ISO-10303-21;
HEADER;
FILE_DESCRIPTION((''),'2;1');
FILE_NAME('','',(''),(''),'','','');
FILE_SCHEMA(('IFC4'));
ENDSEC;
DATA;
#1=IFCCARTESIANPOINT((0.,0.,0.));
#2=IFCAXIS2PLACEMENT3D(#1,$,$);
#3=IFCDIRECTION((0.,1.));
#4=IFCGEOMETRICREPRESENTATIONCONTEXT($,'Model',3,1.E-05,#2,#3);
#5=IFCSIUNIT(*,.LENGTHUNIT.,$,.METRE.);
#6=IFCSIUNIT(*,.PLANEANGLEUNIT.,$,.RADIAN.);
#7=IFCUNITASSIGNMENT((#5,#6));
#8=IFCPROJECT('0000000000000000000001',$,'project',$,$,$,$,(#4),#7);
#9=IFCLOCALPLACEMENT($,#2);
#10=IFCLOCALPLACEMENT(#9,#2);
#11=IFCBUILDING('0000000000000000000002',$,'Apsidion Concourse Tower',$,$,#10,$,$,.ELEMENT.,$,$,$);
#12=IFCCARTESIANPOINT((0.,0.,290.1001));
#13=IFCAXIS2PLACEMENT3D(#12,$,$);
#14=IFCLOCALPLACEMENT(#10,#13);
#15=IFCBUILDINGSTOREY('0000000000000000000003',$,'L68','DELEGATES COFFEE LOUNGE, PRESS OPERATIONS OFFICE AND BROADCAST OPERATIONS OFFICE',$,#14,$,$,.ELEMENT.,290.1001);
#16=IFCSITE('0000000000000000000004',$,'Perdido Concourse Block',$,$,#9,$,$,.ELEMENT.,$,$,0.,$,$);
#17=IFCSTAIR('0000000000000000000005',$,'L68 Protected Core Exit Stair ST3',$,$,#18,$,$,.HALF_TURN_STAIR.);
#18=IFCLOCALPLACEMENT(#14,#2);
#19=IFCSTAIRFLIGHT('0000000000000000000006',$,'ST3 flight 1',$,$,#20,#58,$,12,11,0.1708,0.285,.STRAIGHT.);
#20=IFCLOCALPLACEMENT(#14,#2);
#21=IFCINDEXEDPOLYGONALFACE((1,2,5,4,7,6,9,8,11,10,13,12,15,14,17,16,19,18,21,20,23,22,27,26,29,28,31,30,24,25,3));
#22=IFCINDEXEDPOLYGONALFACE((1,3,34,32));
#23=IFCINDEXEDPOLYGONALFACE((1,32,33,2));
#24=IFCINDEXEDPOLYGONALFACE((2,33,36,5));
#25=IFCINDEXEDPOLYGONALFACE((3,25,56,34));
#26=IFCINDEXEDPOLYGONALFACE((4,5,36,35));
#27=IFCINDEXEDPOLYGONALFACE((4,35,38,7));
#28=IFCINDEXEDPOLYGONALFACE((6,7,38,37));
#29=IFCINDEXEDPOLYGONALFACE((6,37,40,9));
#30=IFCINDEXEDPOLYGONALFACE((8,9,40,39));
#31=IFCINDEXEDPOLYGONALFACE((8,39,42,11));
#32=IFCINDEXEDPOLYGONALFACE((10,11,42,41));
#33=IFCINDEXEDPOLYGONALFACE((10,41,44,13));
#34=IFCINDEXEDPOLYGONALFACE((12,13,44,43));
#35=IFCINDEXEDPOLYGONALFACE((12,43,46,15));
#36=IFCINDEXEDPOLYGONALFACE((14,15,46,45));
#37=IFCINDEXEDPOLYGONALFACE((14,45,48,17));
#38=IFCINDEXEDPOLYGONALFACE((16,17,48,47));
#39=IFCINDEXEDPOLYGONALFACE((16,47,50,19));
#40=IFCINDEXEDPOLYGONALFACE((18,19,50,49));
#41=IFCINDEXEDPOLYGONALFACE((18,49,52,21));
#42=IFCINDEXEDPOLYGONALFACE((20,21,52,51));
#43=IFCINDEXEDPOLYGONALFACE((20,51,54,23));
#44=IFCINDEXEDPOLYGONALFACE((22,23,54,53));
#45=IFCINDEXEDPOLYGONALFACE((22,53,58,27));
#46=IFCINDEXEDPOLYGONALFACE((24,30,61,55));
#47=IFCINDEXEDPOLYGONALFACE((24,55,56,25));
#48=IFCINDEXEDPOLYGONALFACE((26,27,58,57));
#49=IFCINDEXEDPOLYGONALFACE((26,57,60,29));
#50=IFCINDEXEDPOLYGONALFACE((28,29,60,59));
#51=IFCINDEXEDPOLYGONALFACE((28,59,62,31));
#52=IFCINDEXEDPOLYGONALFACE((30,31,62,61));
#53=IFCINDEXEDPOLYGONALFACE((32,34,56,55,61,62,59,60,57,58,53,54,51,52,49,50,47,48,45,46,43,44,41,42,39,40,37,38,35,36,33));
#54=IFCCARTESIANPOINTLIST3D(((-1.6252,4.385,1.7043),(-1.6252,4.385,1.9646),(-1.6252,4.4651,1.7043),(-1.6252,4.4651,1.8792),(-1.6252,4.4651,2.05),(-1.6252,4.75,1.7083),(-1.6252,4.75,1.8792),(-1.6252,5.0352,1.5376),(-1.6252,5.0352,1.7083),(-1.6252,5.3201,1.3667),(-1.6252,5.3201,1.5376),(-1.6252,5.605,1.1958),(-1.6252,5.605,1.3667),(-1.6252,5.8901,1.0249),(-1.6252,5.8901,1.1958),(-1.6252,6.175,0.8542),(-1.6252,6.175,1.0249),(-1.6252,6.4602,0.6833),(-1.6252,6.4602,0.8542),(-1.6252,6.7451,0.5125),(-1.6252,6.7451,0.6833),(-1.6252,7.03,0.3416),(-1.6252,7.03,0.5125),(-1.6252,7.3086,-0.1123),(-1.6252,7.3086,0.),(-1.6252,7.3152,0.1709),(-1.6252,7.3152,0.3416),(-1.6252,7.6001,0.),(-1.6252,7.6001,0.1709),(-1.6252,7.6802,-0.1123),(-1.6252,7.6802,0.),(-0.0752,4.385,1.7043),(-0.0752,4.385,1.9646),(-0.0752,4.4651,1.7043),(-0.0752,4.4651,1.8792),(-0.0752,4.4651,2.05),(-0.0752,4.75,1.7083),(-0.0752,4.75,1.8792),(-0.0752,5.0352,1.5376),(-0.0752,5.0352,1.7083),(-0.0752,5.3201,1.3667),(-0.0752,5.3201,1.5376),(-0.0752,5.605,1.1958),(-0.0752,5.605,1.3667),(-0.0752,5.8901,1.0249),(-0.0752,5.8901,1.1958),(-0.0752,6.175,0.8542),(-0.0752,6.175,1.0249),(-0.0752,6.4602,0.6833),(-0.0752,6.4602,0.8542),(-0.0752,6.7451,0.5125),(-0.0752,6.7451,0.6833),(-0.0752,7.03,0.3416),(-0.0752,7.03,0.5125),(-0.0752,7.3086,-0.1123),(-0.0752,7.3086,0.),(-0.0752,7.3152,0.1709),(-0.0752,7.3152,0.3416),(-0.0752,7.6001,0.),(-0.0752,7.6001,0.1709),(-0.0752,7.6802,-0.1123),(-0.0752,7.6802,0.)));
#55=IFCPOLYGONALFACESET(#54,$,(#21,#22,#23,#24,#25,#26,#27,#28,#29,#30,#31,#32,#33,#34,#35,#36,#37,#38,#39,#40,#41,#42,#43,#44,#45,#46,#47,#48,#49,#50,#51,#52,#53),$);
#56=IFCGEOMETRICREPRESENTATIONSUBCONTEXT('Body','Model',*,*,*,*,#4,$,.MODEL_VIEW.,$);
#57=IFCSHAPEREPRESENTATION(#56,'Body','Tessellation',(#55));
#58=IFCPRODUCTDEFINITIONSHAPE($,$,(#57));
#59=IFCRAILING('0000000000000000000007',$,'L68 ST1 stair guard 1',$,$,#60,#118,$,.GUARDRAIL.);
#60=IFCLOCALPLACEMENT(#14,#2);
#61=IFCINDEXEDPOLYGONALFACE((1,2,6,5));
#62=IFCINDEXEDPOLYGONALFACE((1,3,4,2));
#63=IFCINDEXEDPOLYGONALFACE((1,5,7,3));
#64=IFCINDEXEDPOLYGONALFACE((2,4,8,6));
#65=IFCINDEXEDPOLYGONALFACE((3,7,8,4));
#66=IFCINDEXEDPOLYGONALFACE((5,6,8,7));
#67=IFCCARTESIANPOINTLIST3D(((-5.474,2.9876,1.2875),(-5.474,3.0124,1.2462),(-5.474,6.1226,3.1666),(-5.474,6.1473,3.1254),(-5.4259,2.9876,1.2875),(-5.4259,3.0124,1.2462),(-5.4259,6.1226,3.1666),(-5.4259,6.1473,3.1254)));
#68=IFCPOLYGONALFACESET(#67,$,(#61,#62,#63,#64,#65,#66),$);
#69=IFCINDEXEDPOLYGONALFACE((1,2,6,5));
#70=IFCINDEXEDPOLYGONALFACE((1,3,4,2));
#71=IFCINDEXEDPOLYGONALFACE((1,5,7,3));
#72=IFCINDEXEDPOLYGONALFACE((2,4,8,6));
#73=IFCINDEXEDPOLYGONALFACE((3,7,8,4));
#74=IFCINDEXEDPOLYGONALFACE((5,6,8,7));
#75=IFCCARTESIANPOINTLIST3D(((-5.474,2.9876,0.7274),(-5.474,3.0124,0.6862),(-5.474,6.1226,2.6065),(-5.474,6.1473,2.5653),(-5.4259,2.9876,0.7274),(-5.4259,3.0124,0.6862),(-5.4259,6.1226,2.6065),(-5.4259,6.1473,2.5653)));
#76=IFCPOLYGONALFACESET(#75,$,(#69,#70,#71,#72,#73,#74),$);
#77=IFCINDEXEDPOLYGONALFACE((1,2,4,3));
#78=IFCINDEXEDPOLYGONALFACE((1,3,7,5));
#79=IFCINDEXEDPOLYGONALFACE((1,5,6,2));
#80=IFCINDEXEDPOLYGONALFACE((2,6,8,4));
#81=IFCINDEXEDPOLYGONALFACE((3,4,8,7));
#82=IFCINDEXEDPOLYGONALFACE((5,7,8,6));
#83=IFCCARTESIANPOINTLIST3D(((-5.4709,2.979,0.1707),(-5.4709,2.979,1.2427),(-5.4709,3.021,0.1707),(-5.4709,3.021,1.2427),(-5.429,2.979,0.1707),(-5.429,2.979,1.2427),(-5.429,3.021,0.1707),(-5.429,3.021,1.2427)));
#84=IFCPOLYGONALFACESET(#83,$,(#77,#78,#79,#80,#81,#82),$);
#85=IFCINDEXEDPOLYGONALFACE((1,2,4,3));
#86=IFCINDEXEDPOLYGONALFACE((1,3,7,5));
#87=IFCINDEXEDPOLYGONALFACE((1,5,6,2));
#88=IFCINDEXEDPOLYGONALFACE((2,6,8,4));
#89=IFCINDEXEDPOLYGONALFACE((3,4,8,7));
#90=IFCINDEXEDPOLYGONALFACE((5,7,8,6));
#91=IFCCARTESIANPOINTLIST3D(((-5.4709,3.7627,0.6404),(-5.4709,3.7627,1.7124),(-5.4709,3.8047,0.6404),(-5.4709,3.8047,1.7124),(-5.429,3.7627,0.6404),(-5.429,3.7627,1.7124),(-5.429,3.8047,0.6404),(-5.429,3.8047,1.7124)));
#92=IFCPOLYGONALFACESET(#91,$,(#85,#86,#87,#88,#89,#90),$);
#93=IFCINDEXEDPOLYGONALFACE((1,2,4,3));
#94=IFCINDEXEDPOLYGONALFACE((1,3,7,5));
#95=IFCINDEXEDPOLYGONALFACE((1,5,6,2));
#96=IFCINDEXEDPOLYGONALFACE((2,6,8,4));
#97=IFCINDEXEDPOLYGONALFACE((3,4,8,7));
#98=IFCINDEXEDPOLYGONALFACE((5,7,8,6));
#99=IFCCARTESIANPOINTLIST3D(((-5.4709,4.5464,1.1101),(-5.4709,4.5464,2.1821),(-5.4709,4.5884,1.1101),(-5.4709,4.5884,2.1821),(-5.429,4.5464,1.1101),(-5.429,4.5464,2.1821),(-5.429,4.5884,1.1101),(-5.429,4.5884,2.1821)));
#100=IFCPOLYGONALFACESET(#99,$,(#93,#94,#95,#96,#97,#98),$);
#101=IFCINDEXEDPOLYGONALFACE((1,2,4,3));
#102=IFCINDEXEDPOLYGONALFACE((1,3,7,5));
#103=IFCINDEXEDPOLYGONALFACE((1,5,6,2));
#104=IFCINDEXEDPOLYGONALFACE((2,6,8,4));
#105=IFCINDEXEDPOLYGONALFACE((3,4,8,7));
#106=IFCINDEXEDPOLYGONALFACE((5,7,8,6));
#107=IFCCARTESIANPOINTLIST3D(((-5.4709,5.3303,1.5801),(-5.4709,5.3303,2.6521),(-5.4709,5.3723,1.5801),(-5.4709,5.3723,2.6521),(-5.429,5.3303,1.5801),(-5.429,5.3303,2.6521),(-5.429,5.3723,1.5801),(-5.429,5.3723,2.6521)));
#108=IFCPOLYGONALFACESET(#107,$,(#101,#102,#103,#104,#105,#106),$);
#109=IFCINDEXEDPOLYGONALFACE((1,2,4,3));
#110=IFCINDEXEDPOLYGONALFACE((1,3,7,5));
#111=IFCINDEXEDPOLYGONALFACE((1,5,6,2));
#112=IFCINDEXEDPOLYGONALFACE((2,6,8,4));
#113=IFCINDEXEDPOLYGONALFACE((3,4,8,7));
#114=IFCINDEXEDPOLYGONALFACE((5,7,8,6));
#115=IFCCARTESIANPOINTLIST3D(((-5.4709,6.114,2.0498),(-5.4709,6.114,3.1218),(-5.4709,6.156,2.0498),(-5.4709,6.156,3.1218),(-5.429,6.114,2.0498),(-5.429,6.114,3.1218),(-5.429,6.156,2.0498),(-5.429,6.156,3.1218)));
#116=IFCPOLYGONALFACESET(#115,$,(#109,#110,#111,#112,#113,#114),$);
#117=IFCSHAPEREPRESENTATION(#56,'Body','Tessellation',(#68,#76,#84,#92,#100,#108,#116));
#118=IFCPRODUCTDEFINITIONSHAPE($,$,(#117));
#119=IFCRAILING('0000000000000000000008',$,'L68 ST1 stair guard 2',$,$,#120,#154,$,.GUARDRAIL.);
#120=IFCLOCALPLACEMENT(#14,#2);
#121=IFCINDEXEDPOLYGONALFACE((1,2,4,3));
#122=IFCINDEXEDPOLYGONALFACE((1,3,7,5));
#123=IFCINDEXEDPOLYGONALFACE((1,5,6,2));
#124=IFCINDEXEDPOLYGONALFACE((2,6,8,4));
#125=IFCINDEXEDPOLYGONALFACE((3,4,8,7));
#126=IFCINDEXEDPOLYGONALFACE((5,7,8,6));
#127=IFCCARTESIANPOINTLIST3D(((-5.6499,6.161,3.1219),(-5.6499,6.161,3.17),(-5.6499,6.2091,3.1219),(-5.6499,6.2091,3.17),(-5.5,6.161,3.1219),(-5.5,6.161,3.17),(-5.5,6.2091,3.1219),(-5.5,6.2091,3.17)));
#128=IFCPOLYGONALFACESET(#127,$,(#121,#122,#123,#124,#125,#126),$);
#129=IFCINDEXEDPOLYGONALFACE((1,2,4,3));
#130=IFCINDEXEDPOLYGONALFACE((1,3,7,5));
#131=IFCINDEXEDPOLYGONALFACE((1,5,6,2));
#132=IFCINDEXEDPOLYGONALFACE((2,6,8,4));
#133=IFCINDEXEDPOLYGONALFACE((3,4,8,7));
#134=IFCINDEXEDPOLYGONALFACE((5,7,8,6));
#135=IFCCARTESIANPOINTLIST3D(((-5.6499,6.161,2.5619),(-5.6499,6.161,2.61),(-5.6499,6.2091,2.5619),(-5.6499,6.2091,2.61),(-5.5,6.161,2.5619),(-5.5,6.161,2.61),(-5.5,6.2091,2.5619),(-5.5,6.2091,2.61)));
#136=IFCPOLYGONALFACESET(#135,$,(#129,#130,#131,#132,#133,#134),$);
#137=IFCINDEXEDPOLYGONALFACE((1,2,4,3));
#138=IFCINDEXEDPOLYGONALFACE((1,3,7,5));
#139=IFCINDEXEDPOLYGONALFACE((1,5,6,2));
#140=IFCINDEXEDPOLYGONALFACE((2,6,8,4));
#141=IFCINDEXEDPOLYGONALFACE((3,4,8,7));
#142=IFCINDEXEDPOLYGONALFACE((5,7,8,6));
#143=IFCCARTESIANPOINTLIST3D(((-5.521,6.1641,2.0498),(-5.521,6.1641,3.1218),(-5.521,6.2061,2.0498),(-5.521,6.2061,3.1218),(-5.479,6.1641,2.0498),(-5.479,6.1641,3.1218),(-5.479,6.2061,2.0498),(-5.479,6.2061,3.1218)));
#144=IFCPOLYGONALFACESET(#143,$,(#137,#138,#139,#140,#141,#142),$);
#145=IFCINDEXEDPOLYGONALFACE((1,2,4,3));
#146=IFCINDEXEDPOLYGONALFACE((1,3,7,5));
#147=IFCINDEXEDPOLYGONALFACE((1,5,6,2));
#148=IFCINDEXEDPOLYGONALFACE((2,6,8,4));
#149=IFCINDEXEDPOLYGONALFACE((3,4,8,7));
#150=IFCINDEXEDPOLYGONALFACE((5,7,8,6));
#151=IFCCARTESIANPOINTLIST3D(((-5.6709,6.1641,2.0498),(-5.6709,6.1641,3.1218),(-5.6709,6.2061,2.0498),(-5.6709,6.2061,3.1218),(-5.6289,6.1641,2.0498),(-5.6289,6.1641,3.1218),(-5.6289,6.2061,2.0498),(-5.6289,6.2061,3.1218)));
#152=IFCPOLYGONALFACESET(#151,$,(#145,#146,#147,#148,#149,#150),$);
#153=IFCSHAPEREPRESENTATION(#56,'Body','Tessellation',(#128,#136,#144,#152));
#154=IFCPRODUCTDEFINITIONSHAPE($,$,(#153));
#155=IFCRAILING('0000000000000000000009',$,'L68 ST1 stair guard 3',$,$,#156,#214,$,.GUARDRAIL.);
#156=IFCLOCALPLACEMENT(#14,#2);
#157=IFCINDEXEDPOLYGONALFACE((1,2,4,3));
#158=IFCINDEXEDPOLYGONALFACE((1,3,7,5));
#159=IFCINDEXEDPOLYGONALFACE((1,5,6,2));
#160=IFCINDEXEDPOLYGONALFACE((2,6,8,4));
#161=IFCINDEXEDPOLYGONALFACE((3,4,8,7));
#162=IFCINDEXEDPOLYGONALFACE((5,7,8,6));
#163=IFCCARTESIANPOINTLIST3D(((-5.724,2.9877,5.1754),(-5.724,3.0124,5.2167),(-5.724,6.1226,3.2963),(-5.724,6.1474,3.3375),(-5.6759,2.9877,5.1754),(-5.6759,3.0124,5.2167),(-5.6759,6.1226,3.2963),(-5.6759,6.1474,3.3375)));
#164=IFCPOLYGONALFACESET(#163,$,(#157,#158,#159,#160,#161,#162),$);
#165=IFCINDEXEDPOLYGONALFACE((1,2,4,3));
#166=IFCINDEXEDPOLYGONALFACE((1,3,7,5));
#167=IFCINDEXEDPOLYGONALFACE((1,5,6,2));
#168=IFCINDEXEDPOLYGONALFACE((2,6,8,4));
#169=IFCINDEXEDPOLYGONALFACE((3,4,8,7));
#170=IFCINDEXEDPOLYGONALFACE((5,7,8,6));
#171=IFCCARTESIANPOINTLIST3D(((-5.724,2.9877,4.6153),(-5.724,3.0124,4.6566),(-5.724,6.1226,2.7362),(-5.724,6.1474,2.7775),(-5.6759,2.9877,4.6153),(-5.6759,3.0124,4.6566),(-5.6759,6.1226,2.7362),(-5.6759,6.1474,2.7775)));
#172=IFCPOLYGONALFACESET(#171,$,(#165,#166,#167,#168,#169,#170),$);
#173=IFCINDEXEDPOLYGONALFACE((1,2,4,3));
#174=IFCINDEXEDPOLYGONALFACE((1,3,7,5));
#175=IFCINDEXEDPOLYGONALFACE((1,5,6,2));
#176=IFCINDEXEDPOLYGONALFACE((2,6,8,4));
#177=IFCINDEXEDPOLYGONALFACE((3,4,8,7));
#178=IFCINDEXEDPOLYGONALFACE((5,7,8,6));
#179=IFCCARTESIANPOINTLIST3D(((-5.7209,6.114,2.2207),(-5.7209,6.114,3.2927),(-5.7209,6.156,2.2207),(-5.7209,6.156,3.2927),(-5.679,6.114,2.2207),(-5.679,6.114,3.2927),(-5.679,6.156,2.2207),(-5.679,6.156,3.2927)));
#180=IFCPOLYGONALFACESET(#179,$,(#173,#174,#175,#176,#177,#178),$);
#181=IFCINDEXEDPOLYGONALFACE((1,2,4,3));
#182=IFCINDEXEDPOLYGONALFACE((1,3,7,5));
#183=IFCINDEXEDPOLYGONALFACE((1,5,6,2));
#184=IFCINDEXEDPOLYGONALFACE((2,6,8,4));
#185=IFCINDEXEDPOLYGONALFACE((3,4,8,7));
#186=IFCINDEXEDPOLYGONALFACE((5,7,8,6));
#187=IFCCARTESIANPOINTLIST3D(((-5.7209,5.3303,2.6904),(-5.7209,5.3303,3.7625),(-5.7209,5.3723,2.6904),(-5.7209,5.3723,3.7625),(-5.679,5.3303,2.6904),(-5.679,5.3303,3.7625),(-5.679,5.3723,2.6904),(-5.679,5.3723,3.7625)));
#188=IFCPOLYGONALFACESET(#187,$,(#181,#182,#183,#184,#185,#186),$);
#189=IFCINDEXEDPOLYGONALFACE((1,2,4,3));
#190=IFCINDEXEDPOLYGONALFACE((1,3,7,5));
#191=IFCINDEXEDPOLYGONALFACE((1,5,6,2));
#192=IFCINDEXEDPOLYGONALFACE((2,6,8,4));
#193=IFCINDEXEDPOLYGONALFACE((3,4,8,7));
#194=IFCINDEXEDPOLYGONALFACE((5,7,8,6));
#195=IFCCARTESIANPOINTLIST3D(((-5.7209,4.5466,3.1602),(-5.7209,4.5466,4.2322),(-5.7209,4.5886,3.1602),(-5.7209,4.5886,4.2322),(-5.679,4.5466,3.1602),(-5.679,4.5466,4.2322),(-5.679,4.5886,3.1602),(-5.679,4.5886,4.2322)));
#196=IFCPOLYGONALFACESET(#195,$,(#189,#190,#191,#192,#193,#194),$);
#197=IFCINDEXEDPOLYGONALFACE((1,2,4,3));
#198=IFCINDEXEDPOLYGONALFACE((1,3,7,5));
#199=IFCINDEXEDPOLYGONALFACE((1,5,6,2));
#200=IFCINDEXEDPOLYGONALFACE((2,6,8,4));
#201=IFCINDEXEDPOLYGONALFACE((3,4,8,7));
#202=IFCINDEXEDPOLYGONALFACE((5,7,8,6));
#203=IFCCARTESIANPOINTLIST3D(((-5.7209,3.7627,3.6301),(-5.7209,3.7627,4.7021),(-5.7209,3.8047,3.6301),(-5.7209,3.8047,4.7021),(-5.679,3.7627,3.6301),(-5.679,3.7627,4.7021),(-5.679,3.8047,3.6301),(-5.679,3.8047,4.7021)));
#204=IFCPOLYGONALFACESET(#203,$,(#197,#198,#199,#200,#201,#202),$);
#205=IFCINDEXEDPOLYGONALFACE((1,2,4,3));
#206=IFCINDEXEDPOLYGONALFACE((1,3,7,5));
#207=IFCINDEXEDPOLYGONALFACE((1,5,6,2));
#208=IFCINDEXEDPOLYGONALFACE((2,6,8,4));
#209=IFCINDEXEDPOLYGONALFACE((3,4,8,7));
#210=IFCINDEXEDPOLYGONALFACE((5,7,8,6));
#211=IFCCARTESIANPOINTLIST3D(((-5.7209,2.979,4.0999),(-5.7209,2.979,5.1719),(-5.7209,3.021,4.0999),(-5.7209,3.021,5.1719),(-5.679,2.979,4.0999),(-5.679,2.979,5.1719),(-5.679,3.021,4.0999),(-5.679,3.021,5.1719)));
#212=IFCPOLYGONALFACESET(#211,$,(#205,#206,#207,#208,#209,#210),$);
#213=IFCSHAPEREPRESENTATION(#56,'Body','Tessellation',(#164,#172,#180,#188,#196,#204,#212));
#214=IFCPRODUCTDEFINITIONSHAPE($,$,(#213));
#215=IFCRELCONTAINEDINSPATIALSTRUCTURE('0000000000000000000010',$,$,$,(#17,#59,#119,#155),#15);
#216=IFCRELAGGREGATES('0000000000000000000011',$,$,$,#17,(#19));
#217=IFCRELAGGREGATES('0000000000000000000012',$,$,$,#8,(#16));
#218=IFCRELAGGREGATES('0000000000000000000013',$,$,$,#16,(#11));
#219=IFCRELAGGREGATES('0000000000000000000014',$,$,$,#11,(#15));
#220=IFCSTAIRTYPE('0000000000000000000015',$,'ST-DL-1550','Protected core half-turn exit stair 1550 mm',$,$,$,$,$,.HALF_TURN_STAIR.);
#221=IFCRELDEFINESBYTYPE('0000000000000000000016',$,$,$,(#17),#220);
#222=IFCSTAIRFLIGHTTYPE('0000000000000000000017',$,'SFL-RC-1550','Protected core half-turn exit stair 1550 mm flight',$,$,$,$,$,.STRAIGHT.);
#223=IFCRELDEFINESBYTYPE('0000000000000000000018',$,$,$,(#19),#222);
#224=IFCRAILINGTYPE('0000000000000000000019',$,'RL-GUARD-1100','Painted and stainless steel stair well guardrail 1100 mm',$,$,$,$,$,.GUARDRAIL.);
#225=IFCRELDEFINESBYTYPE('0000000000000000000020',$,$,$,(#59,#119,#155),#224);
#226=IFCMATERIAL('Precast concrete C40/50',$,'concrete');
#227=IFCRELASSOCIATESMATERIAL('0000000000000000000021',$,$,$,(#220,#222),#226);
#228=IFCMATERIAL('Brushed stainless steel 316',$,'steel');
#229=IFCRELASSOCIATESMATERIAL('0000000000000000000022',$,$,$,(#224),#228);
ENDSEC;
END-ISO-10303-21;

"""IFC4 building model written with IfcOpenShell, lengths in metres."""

from ifc_helpers import new_model, si_unit, direction, frame, origin, origin_2d, place, context, subcontext, project, spatial, polyline, rectangle, outline, extrude, material, type_object, element, aggregate, save


model = new_model("IFC4")

# Units and contexts
model_context = context("Model", 3, precision=1e-05, world=origin(), true_north=direction((0.0, 1.0)))
body_context = subcontext(model_context, "Body", "Model", "MODEL_VIEW")
ifc_project = project(units=[si_unit("LENGTHUNIT", "METRE"), si_unit("PLANEANGLEUNIT", "RADIAN")], contexts=[model_context])

# Site, building, storey
site_placement = place(None, origin())
site = spatial("IfcSite", under=ifc_project, at=site_placement, Name="Perdido Concourse Block", CompositionType="ELEMENT", RefElevation=0.0)
building_placement = place(site_placement, origin())
building = spatial("IfcBuilding", under=site, at=building_placement, Name="Apsidion Concourse Tower", CompositionType="ELEMENT")
storey_placement = place(building_placement, frame((0.0, 0.0, 290.1001)))
storey = spatial("IfcBuildingStorey", under=building, at=storey_placement, Name="L68", Description="DELEGATES COFFEE LOUNGE, PRESS OPERATIONS OFFICE AND BROADCAST OPERATIONS OFFICE", CompositionType="ELEMENT", Elevation=290.1001)

# Shared definitions
ifc_material_1 = material(Name="Brushed stainless steel 316", Category="steel")

# Shared definitions
ifc_material_2 = material(Name="Precast concrete C40/50", Category="concrete")
stair_type = type_object("IfcStairType", Name="ST-DL-1550", Description="Protected core half-turn exit stair 1550 mm", PredefinedType="HALF_TURN_STAIR", material=ifc_material_2)
stair_flight_type = type_object("IfcStairFlightType", Name="SFL-RC-1550", Description="Protected core half-turn exit stair 1550 mm flight", PredefinedType="STRAIGHT", material=ifc_material_2)

# Stair, stair flight
stair_1_placement = place(storey_placement, origin())
stair_1 = element("IfcStair", 1, at=stair_1_placement, inside=storey, type_object=stair_type, Name="L68 Protected Core Exit Stair ST3", PredefinedType="HALF_TURN_STAIR")
stair_flight_1_placement = place(storey_placement, frame((-0.8501, 7.6001, 0.0), z_axis=(0.0, 0.0, 1.0), x_axis=(0.0, -1.0, 0.0)))
stair_flight_1 = element("IfcStairFlight", 2, at=stair_flight_1_placement, type_object=stair_flight_type, Name="ST3 flight 1", NumberOfRisers=12, NumberOfTreads=11, PredefinedType="STRAIGHT", RiserHeight=0.1708, TreadLength=0.285, context=body_context, shape_type="SweptSolid", body=[
    extrude(outline(polyline([(-0.0801, -0.1123), (-0.0801, 0.0), (0.0, 0.0), (0.0, 0.1709), (0.2849, 0.1709), (0.2849, 0.3416), (0.5701, 0.3416), (0.5701, 0.5125), (0.855, 0.5125), (0.855, 0.6833), (1.1399, 0.6833), (1.1399, 0.8542), (1.425, 0.8542), (1.425, 1.0249), (1.71, 1.0249), (1.71, 1.1958), (1.9951, 1.1958), (1.9951, 1.3667), (2.28, 1.3667), (2.28, 1.5376), (2.5649, 1.5376), (2.5649, 1.7083), (2.8501, 1.7083), (2.8501, 1.8792), (3.135, 1.8792), (3.135, 2.05), (3.2151, 1.9646), (3.2151, 1.7043), (3.135, 1.7043), (0.2915, 0.0), (0.2915, -0.1123), (-0.0801, -0.1123)])), frame((0.0, 0.7749, 0.0), z_axis=(0.0, -1.0, 0.0), x_axis=(1.0, 0.0, 0.0)), (0.0, 0.0, 1.0), 1.55),
])
aggregate(stair_1, [stair_flight_1])

# Railings
railing_type_1 = type_object("IfcRailingType", Name="RL-GUARD-1100", Description="Painted and stainless steel stair well guardrail 1100 mm", PredefinedType="GUARDRAIL", material=ifc_material_1)
railing_1_placement = place(storey_placement, frame((-5.45, 3.0, 0.1707)))
element("IfcRailing", 3, at=railing_1_placement, inside=storey, type_object=railing_type_1, Name="L68 ST1 stair guard 1", PredefinedType="GUARDRAIL", context=body_context, shape_type="SweptSolid", body=[
    extrude(rectangle(XDim=0.0481, YDim=0.0481, at=origin_2d()), frame((0.0, 0.0, 1.0962), z_axis=(0.0, 0.857717, 0.514122), x_axis=(-1.0, 0.0, 0.0)), (0.0, 0.0, 1.0), 3.655),
    extrude(rectangle(XDim=0.0481, YDim=0.0481, at=origin_2d()), frame((0.0, 0.0, 0.5361), z_axis=(0.0, 0.857717, 0.514122), x_axis=(-1.0, 0.0, 0.0)), (0.0, 0.0, 1.0), 3.655),
    extrude(rectangle(XDim=0.042, YDim=0.042, at=origin_2d()), origin(), (0.0, 0.0, 1.0), 1.072),
    extrude(rectangle(XDim=0.042, YDim=0.042, at=origin_2d()), frame((0.0, 0.7837, 0.4697)), (0.0, 0.0, 1.0), 1.072),
    extrude(rectangle(XDim=0.042, YDim=0.042, at=origin_2d()), frame((0.0, 1.5674, 0.9395)), (0.0, 0.0, 1.0), 1.072),
    extrude(rectangle(XDim=0.042, YDim=0.042, at=origin_2d()), frame((0.0, 2.3513, 1.4094)), (0.0, 0.0, 1.0), 1.072),
    extrude(rectangle(XDim=0.042, YDim=0.042, at=origin_2d()), frame((0.0, 3.135, 1.8792)), (0.0, 0.0, 1.0), 1.072),
])
railing_2_placement = place(storey_placement, frame((-5.5, 6.1851, 2.0498)))
element("IfcRailing", 4, at=railing_2_placement, inside=storey, type_object=railing_type_1, Name="L68 ST1 stair guard 2", PredefinedType="GUARDRAIL", context=body_context, shape_type="SweptSolid", body=[
    extrude(rectangle(XDim=0.0481, YDim=0.0481, at=origin_2d()), frame((0.0, 0.0, 1.0962), z_axis=(-1.0, 0.0, 0.0), x_axis=(0.0, -1.0, 0.0)), (0.0, 0.0, 1.0), 0.1499),
    extrude(rectangle(XDim=0.0481, YDim=0.0481, at=origin_2d()), frame((0.0, 0.0, 0.5361), z_axis=(-1.0, 0.0, 0.0), x_axis=(0.0, -1.0, 0.0)), (0.0, 0.0, 1.0), 0.1499),
    extrude(rectangle(XDim=0.042, YDim=0.042, at=origin_2d()), origin(), (0.0, 0.0, 1.0), 1.072),
    extrude(rectangle(XDim=0.042, YDim=0.042, at=origin_2d()), frame((-0.1499, 0.0, 0.0)), (0.0, 0.0, 1.0), 1.072),
])
railing_3_placement = place(storey_placement, frame((-5.7, 6.135, 2.2207)))
element("IfcRailing", 5, at=railing_3_placement, inside=storey, type_object=railing_type_1, Name="L68 ST1 stair guard 3", PredefinedType="GUARDRAIL", context=body_context, shape_type="SweptSolid", body=[
    extrude(rectangle(XDim=0.0481, YDim=0.0481, at=origin_2d()), frame((0.0, 0.0, 1.0962), z_axis=(0.0, -0.857717, 0.514122), x_axis=(1.0, 0.0, 0.0)), (0.0, 0.0, 1.0), 3.655),
    extrude(rectangle(XDim=0.0481, YDim=0.0481, at=origin_2d()), frame((0.0, 0.0, 0.5361), z_axis=(0.0, -0.857717, 0.514122), x_axis=(1.0, 0.0, 0.0)), (0.0, 0.0, 1.0), 3.655),
    extrude(rectangle(XDim=0.042, YDim=0.042, at=origin_2d()), origin(), (0.0, 0.0, 1.0), 1.072),
    extrude(rectangle(XDim=0.042, YDim=0.042, at=origin_2d()), frame((0.0, -0.7837, 0.4697)), (0.0, 0.0, 1.0), 1.072),
    extrude(rectangle(XDim=0.042, YDim=0.042, at=origin_2d()), frame((0.0, -1.5674, 0.9395)), (0.0, 0.0, 1.0), 1.072),
    extrude(rectangle(XDim=0.042, YDim=0.042, at=origin_2d()), frame((0.0, -2.3513, 1.4094)), (0.0, 0.0, 1.0), 1.072),
    extrude(rectangle(XDim=0.042, YDim=0.042, at=origin_2d()), frame((0.0, -3.135, 1.8792)), (0.0, 0.0, 1.0), 1.072),
])

save(model, "model.ifc")
